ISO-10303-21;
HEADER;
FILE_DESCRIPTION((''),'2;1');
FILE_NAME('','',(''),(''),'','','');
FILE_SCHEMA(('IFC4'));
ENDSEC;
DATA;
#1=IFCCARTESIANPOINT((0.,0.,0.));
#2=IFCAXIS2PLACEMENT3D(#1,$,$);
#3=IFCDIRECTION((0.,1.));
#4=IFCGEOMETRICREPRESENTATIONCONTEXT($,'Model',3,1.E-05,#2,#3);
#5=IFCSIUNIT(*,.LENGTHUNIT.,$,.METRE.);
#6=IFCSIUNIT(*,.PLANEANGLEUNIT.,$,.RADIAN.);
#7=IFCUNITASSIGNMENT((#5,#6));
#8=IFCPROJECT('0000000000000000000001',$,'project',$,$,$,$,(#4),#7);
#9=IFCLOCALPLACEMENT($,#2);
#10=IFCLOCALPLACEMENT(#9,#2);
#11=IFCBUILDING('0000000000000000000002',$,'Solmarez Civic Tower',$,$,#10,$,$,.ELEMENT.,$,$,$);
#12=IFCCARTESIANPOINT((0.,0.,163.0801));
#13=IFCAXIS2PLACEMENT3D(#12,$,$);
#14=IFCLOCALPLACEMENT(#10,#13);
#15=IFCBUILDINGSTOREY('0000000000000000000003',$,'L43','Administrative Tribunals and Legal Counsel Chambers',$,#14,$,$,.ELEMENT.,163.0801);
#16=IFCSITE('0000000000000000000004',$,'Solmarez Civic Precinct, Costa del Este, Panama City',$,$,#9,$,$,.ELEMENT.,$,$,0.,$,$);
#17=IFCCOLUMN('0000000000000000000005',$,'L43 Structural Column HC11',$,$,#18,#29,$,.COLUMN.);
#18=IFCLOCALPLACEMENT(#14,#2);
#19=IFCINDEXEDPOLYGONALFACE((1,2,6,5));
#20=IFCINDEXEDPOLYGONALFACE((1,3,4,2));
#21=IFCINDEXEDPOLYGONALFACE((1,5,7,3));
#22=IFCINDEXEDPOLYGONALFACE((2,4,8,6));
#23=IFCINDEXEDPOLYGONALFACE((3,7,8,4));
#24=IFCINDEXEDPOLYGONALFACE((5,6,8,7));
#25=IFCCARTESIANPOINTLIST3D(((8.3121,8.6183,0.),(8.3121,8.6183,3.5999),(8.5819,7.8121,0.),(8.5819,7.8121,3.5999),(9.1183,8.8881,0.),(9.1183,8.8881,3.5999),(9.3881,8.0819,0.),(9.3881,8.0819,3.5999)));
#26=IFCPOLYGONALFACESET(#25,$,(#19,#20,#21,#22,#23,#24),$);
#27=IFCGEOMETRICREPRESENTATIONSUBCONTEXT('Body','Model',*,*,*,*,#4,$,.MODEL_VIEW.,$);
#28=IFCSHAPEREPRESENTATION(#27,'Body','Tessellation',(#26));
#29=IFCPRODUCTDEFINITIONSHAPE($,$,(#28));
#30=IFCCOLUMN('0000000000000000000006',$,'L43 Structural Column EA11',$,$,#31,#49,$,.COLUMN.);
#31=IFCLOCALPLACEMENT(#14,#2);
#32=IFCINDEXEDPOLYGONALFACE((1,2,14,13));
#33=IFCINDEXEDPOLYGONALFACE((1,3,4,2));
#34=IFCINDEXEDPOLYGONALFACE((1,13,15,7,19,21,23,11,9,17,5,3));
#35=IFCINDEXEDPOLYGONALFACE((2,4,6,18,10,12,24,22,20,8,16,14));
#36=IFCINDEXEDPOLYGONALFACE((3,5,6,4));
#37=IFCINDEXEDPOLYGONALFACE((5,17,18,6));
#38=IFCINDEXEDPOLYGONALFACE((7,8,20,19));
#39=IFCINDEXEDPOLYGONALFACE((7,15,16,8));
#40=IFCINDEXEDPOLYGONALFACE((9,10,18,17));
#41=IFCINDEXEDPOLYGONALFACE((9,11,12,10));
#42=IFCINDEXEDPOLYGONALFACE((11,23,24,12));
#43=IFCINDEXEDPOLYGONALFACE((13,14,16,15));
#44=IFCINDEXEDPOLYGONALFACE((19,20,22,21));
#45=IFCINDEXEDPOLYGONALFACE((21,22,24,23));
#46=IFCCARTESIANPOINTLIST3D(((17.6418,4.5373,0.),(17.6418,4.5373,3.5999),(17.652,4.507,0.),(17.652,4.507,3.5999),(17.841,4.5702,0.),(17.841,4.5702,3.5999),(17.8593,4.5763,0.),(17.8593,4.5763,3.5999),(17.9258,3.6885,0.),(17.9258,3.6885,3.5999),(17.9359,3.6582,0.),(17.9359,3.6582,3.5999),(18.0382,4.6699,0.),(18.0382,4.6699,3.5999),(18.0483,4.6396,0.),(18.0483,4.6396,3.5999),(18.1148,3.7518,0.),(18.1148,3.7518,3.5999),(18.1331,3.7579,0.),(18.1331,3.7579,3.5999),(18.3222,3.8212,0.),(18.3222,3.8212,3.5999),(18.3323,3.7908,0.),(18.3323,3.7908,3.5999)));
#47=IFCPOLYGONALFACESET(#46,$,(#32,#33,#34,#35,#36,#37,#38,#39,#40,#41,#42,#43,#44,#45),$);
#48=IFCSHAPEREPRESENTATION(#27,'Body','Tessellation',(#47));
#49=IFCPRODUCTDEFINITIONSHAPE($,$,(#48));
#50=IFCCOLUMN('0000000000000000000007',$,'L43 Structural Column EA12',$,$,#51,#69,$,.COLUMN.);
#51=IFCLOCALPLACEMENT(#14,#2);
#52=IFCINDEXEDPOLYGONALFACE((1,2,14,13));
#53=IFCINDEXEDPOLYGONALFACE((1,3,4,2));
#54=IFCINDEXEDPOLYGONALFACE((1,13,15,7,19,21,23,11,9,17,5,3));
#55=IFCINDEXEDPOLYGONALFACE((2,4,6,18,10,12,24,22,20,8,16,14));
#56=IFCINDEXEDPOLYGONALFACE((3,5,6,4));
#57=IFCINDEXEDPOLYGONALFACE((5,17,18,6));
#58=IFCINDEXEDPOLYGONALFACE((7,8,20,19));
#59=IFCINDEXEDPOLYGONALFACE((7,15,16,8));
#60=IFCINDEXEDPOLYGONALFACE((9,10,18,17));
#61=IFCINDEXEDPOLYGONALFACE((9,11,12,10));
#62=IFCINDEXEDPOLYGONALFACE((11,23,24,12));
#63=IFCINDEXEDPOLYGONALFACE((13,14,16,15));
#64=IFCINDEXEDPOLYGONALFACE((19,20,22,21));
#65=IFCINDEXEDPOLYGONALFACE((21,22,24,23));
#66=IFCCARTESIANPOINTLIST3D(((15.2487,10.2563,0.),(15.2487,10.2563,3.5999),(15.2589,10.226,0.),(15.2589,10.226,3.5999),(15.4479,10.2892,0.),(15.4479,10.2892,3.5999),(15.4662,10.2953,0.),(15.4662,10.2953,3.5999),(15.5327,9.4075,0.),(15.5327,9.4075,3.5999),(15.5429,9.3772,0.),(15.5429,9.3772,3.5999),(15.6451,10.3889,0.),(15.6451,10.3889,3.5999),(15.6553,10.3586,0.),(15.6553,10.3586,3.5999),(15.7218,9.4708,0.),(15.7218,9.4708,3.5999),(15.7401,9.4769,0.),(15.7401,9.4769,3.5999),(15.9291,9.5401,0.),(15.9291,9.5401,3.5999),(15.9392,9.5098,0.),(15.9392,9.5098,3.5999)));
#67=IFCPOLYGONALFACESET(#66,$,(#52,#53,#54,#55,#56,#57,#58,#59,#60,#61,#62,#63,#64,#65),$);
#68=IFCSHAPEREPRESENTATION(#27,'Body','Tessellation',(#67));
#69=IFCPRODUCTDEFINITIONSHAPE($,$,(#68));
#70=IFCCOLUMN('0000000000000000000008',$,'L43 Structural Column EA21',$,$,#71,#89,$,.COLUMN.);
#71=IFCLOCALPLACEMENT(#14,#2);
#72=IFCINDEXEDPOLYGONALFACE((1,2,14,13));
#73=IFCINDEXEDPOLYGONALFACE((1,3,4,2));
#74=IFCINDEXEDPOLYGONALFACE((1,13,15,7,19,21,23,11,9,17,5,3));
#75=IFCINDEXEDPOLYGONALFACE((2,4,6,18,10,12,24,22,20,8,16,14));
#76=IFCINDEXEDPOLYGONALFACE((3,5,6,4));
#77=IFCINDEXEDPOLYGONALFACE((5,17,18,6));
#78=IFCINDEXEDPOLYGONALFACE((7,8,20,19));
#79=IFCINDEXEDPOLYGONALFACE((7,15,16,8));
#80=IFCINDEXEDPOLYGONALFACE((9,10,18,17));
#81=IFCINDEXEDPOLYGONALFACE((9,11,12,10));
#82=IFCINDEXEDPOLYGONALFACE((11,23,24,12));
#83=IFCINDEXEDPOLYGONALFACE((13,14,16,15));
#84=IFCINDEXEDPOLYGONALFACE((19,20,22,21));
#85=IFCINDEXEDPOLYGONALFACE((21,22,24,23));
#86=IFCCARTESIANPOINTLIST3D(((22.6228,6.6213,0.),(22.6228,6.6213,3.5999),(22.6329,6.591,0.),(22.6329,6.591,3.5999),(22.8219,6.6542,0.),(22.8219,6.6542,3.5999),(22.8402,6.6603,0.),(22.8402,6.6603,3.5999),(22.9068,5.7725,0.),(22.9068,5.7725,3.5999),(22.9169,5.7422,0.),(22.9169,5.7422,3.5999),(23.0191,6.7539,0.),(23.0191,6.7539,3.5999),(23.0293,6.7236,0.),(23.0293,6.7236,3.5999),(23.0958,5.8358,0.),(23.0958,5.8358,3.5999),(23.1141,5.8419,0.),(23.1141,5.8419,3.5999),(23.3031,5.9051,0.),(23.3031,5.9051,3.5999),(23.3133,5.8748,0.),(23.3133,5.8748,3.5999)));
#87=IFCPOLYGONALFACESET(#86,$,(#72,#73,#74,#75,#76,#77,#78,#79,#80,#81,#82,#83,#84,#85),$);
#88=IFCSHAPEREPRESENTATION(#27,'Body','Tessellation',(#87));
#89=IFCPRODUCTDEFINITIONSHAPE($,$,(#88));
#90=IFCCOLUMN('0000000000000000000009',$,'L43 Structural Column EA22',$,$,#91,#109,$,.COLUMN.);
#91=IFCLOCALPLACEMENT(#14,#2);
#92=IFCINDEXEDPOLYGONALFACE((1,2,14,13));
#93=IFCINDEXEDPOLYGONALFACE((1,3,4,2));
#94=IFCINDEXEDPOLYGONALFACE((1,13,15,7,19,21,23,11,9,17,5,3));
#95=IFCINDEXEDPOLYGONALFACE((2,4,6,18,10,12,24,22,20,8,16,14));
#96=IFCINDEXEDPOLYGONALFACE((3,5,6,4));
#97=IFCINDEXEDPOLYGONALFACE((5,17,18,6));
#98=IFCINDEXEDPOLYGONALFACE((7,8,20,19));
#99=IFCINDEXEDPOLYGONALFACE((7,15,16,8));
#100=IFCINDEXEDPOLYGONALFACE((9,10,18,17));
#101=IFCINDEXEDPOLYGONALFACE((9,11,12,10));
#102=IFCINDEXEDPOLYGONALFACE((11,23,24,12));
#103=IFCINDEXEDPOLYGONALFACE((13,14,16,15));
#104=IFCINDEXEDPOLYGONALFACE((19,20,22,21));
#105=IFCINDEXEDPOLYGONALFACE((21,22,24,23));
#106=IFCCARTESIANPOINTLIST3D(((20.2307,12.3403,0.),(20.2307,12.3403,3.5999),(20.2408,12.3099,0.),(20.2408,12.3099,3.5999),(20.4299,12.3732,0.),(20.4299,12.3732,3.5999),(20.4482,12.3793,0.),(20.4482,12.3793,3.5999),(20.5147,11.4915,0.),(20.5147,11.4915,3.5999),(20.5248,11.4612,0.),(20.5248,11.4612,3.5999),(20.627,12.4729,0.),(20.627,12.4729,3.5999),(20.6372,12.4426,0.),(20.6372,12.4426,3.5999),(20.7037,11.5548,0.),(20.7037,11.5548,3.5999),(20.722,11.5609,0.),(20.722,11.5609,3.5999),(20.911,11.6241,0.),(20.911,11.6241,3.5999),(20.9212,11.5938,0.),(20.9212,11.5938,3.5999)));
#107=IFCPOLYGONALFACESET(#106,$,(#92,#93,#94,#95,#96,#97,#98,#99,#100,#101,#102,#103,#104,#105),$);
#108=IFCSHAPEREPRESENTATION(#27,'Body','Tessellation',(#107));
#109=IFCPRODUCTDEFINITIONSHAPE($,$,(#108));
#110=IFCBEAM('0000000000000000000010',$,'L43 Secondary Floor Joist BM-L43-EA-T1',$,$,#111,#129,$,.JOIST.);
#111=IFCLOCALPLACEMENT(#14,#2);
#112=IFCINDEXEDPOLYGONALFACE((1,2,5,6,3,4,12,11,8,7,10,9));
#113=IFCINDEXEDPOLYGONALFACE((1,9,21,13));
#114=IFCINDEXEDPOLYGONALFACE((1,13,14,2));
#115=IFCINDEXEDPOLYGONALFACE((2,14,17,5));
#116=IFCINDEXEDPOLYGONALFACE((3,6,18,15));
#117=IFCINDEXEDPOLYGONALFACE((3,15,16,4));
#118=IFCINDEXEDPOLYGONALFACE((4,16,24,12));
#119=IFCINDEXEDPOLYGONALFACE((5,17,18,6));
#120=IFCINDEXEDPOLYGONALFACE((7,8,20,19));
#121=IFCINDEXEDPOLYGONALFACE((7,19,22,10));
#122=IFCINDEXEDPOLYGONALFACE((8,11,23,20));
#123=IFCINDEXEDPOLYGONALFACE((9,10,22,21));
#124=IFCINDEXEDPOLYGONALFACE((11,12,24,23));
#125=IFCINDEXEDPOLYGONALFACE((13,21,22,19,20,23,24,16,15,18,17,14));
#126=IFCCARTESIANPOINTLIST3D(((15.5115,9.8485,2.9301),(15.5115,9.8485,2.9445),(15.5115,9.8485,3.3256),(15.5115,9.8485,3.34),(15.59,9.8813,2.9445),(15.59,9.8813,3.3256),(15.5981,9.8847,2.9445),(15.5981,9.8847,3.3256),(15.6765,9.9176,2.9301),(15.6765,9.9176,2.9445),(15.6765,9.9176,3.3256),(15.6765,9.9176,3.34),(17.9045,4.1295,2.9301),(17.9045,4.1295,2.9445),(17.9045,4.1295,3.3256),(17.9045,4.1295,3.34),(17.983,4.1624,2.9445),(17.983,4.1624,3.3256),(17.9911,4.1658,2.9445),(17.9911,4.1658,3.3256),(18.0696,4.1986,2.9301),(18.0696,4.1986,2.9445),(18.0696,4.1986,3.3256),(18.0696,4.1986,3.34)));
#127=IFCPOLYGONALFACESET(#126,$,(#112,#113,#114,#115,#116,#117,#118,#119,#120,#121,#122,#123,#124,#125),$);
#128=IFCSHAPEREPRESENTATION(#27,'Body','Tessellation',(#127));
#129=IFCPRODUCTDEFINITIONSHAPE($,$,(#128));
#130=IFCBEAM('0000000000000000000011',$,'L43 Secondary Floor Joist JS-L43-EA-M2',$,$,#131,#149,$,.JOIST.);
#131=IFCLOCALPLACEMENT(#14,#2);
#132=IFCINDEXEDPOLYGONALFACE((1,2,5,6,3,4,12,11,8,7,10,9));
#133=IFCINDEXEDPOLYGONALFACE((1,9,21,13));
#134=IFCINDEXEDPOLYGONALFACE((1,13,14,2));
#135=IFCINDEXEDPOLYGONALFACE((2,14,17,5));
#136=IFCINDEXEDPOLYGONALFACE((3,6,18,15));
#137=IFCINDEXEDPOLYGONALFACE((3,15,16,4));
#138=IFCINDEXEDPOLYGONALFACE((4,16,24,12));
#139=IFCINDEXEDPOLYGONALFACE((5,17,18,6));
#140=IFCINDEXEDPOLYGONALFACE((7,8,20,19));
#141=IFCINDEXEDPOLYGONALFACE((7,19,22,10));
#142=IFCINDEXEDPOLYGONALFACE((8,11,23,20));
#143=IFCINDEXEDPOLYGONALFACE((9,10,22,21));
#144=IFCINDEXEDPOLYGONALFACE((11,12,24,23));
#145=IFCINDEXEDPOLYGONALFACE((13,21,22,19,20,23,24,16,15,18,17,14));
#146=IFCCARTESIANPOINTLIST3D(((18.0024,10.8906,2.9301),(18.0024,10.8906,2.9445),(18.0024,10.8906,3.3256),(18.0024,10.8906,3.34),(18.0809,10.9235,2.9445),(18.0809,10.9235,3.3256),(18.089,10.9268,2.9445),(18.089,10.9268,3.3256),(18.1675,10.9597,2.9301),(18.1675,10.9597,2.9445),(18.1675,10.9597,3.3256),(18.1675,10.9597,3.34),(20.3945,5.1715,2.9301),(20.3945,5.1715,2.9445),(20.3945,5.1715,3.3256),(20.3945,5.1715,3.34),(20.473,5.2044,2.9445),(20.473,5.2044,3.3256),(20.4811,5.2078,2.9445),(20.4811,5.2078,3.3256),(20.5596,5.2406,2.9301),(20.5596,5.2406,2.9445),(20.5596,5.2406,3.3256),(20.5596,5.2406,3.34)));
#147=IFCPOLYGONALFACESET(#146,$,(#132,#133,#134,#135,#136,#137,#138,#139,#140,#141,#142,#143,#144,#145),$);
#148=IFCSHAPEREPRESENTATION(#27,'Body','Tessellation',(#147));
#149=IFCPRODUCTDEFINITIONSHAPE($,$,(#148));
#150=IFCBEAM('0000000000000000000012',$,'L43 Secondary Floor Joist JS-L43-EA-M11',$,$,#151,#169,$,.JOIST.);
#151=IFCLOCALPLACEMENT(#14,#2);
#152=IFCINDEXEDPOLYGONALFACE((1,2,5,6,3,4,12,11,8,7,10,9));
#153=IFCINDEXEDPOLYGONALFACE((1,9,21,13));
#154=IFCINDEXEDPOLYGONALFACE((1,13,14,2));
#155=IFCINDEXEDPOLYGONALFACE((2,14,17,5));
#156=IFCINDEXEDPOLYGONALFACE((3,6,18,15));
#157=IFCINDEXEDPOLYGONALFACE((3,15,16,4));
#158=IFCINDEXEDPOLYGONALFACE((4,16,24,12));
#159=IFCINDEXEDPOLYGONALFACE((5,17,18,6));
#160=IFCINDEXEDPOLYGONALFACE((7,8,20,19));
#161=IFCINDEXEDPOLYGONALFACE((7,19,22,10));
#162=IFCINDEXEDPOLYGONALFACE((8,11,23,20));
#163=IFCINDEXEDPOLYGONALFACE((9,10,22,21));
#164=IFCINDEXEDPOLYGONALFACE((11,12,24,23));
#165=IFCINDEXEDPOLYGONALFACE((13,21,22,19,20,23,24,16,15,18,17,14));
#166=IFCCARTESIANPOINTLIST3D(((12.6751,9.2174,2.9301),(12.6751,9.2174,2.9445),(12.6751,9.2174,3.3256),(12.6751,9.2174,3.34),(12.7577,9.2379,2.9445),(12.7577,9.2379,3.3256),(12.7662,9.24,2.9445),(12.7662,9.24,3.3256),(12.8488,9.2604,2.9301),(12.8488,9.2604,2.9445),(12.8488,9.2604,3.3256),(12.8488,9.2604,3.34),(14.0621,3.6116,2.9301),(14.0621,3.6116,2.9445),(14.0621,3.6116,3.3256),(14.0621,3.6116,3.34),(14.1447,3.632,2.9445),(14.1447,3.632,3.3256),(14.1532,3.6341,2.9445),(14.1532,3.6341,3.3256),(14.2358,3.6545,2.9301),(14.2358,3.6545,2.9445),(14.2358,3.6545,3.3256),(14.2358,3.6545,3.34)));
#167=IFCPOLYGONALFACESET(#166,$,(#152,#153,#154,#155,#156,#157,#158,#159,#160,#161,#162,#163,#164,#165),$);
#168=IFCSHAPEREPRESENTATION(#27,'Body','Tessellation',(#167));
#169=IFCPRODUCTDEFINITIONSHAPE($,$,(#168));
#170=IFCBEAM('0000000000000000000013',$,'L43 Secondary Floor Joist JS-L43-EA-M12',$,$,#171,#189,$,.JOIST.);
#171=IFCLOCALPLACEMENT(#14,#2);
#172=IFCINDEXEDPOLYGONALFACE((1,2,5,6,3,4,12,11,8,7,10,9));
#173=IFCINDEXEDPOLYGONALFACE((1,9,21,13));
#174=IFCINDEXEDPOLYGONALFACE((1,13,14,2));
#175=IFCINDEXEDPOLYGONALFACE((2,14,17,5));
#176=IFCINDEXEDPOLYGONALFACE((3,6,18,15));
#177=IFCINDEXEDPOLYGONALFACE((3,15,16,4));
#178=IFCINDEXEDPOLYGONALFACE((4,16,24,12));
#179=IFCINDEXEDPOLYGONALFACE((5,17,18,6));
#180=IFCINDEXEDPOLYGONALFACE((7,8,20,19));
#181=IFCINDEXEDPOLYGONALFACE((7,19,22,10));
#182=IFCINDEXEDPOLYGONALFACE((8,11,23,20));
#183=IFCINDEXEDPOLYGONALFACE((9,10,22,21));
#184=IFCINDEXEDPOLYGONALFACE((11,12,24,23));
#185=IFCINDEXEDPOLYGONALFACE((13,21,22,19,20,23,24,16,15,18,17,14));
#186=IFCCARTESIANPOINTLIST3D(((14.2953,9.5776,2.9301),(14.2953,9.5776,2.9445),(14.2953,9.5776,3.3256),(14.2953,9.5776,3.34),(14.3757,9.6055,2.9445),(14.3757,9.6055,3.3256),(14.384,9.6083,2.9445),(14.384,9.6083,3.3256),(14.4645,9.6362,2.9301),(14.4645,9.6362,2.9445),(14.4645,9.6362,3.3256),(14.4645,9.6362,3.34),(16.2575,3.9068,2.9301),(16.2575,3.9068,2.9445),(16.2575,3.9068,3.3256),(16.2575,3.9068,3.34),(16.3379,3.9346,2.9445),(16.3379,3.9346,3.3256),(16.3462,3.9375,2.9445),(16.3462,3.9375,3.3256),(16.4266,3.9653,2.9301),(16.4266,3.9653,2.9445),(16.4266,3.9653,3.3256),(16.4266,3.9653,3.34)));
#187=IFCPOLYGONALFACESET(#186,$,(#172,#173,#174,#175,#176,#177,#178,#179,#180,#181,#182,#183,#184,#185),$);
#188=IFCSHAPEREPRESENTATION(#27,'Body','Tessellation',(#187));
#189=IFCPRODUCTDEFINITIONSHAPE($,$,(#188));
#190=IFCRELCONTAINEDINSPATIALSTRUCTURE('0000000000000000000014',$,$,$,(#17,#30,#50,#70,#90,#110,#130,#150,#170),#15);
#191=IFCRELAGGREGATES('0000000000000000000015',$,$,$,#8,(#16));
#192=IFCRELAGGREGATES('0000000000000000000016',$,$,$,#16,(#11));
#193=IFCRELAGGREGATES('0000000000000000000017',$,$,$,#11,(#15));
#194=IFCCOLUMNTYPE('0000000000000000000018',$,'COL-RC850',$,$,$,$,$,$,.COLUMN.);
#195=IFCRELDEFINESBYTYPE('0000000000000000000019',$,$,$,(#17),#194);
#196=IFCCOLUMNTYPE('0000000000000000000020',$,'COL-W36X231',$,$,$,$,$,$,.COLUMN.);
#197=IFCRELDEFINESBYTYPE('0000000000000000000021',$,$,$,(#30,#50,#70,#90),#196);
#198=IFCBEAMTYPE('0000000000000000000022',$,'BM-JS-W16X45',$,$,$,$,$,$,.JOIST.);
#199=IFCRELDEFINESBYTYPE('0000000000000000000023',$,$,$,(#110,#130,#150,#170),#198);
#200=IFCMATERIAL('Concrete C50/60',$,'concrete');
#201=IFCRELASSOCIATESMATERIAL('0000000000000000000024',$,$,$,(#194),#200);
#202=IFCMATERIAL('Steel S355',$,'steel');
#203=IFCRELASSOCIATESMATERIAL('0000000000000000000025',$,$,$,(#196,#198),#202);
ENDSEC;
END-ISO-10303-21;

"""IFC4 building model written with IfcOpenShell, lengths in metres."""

from ifc_helpers import new_model, si_unit, direction, frame, origin, origin_2d, place, context, subcontext, project, spatial, rectangle, i_section, extrude, material, material_profile, profile_set, type_object, element, save


model = new_model("IFC4")

# Units and contexts
model_context = context("Model", 3, precision=1e-05, world=origin(), true_north=direction((0.0, 1.0)))
body_context = subcontext(model_context, "Body", "Model", "MODEL_VIEW")
ifc_project = project(units=[si_unit("LENGTHUNIT", "METRE"), si_unit("PLANEANGLEUNIT", "RADIAN")], contexts=[model_context])

# Site, building, storey
site_placement = place(None, origin())
site = spatial("IfcSite", under=ifc_project, at=site_placement, Name="Solmarez Civic Precinct, Costa del Este, Panama City", CompositionType="ELEMENT", RefElevation=0.0)
building_placement = place(site_placement, origin())
building = spatial("IfcBuilding", under=site, at=building_placement, Name="Solmarez Civic Tower", CompositionType="ELEMENT")
storey_placement = place(building_placement, frame((0.0, 0.0, 163.0801)))
storey = spatial("IfcBuildingStorey", under=building, at=storey_placement, Name="L43", Description="Administrative Tribunals and Legal Counsel Chambers", CompositionType="ELEMENT", Elevation=163.0801)

# Columns
ifc_material_1 = material(Name="Concrete C50/60", Category="concrete")
ifc_material_profile_1 = material_profile(ifc_material_1, rectangle(XDim=0.8501, YDim=0.8501, at=origin_2d()), Name="RC850X850")
ifc_profile_set_1 = profile_set([ifc_material_profile_1], Name="Concrete C50/60")
column_type_1 = type_object("IfcColumnType", Name="COL-RC850", PredefinedType="COLUMN", material=ifc_profile_set_1)
column_placement = place(storey_placement, frame((8.8501, 8.3501, 0.0), z_axis=(0.0, 0.0, 1.0), x_axis=(0.948324, 0.317305, 0.0)))
element("IfcColumn", 1, at=column_placement, inside=storey, type_object=column_type_1, Name="L43 Structural Column HC11", PredefinedType="COLUMN", context=body_context, shape_type="SweptSolid", body=[
    extrude(rectangle(XDim=0.8501, YDim=0.8501, at=origin_2d()), origin(), (0.0, 0.0, 1.0), 3.5999),
])
ifc_material_2 = material(Name="Steel S355", Category="steel")
ifc_material_profile_2 = material_profile(ifc_material_2, i_section(OverallWidth=0.418, OverallDepth=0.927, WebThickness=0.0193, FlangeThickness=0.032, at=origin_2d()), Name="W36X231")
ifc_profile_set_2 = profile_set([ifc_material_profile_2], Name="Steel S355")
column_type_2 = type_object("IfcColumnType", Name="COL-W36X231", PredefinedType="COLUMN", material=ifc_profile_set_2)
for number, where, z_axis, x_axis, name in (
    (2, (17.9871, 4.1641, 0.0), (0.0, 0.0, 1.0), (0.948324, 0.317305, 0.0), "L43 Structural Column EA11"),
    (3, (15.594, 9.8831, 0.0), (0.0, 0.0, 1.0), (0.948324, 0.317305, 0.0), "L43 Structural Column EA12"),
    (4, (22.968, 6.248, 0.0), (0.0, 0.0, 1.0), (0.948324, 0.317305, 0.0), "L43 Structural Column EA21"),
    (5, (20.5759, 11.967, 0.0), (0.0, 0.0, 1.0), (0.948324, 0.317305, 0.0), "L43 Structural Column EA22"),
):
    element("IfcColumn", number, at=place(storey_placement, frame(where, z_axis=z_axis, x_axis=x_axis)), inside=storey, type_object=column_type_2, Name=name, PredefinedType="COLUMN", context=body_context, shape_type="SweptSolid", body=[
        extrude(i_section(OverallWidth=0.418, OverallDepth=0.927, WebThickness=0.0193, FlangeThickness=0.032, at=origin_2d()), origin(), (0.0, 0.0, 1.0), 3.5999),
    ])

# Beams
ifc_material_profile_3 = material_profile(ifc_material_2, i_section(OverallWidth=0.179, OverallDepth=0.4099, WebThickness=0.0088, FlangeThickness=0.0144, at=origin_2d()), Name="W16X45")
ifc_profile_set_3 = profile_set([ifc_material_profile_3], Name="Steel S355")
beam_type_1 = type_object("IfcBeamType", Name="BM-JS-W16X45", PredefinedType="JOIST", material=ifc_profile_set_3)
beam_1_placement = place(storey_placement, frame((17.9871, 4.1641, 3.135), z_axis=(-0.38601, 0.922494, 0.0), x_axis=(-0.922494, -0.38601, 0.0)))
element("IfcBeam", 6, at=beam_1_placement, inside=storey, type_object=beam_type_1, Name="L43 Secondary Floor Joist BM-L43-EA-T1", PredefinedType="JOIST", context=body_context, shape_type="SweptSolid", body=[
    extrude(i_section(OverallWidth=0.179, OverallDepth=0.4099, WebThickness=0.0088, FlangeThickness=0.0144, at=origin_2d()), origin(), (0.0, 0.0, 1.0), 6.1995),
])
beam_2_placement = place(storey_placement, frame((20.4771, 5.2061, 3.135), z_axis=(-0.385876, 0.922551, 0.0), x_axis=(-0.922551, -0.385876, 0.0)))
element("IfcBeam", 7, at=beam_2_placement, inside=storey, type_object=beam_type_1, Name="L43 Secondary Floor Joist JS-L43-EA-M2", PredefinedType="JOIST", context=body_context, shape_type="SweptSolid", body=[
    extrude(i_section(OverallWidth=0.179, OverallDepth=0.4099, WebThickness=0.0088, FlangeThickness=0.0144, at=origin_2d()), origin(), (0.0, 0.0, 1.0), 6.1992),
])
beam_3_placement = place(storey_placement, frame((14.1489, 3.6331, 3.135), z_axis=(-0.240167, 0.970731, 0.0), x_axis=(-0.970731, -0.240167, 0.0)))
element("IfcBeam", 8, at=beam_3_placement, inside=storey, type_object=beam_type_1, Name="L43 Secondary Floor Joist JS-L43-EA-M11", PredefinedType="JOIST", context=body_context, shape_type="SweptSolid", body=[
    extrude(i_section(OverallWidth=0.179, OverallDepth=0.4099, WebThickness=0.0088, FlangeThickness=0.0144, at=origin_2d()), origin(), (0.0, 0.0, 1.0), 5.7749),
])
beam_4_placement = place(storey_placement, frame((16.342, 3.936, 3.135), z_axis=(-0.326985, 0.94503, 0.0), x_axis=(-0.94503, -0.326985, 0.0)))
element("IfcBeam", 9, at=beam_4_placement, inside=storey, type_object=beam_type_1, Name="L43 Secondary Floor Joist JS-L43-EA-M12", PredefinedType="JOIST", context=body_context, shape_type="SweptSolid", body=[
    extrude(i_section(OverallWidth=0.179, OverallDepth=0.4099, WebThickness=0.0088, FlangeThickness=0.0144, at=origin_2d()), origin(), (0.0, 0.0, 1.0), 6.0007),
])

save(model, "model.ifc")
